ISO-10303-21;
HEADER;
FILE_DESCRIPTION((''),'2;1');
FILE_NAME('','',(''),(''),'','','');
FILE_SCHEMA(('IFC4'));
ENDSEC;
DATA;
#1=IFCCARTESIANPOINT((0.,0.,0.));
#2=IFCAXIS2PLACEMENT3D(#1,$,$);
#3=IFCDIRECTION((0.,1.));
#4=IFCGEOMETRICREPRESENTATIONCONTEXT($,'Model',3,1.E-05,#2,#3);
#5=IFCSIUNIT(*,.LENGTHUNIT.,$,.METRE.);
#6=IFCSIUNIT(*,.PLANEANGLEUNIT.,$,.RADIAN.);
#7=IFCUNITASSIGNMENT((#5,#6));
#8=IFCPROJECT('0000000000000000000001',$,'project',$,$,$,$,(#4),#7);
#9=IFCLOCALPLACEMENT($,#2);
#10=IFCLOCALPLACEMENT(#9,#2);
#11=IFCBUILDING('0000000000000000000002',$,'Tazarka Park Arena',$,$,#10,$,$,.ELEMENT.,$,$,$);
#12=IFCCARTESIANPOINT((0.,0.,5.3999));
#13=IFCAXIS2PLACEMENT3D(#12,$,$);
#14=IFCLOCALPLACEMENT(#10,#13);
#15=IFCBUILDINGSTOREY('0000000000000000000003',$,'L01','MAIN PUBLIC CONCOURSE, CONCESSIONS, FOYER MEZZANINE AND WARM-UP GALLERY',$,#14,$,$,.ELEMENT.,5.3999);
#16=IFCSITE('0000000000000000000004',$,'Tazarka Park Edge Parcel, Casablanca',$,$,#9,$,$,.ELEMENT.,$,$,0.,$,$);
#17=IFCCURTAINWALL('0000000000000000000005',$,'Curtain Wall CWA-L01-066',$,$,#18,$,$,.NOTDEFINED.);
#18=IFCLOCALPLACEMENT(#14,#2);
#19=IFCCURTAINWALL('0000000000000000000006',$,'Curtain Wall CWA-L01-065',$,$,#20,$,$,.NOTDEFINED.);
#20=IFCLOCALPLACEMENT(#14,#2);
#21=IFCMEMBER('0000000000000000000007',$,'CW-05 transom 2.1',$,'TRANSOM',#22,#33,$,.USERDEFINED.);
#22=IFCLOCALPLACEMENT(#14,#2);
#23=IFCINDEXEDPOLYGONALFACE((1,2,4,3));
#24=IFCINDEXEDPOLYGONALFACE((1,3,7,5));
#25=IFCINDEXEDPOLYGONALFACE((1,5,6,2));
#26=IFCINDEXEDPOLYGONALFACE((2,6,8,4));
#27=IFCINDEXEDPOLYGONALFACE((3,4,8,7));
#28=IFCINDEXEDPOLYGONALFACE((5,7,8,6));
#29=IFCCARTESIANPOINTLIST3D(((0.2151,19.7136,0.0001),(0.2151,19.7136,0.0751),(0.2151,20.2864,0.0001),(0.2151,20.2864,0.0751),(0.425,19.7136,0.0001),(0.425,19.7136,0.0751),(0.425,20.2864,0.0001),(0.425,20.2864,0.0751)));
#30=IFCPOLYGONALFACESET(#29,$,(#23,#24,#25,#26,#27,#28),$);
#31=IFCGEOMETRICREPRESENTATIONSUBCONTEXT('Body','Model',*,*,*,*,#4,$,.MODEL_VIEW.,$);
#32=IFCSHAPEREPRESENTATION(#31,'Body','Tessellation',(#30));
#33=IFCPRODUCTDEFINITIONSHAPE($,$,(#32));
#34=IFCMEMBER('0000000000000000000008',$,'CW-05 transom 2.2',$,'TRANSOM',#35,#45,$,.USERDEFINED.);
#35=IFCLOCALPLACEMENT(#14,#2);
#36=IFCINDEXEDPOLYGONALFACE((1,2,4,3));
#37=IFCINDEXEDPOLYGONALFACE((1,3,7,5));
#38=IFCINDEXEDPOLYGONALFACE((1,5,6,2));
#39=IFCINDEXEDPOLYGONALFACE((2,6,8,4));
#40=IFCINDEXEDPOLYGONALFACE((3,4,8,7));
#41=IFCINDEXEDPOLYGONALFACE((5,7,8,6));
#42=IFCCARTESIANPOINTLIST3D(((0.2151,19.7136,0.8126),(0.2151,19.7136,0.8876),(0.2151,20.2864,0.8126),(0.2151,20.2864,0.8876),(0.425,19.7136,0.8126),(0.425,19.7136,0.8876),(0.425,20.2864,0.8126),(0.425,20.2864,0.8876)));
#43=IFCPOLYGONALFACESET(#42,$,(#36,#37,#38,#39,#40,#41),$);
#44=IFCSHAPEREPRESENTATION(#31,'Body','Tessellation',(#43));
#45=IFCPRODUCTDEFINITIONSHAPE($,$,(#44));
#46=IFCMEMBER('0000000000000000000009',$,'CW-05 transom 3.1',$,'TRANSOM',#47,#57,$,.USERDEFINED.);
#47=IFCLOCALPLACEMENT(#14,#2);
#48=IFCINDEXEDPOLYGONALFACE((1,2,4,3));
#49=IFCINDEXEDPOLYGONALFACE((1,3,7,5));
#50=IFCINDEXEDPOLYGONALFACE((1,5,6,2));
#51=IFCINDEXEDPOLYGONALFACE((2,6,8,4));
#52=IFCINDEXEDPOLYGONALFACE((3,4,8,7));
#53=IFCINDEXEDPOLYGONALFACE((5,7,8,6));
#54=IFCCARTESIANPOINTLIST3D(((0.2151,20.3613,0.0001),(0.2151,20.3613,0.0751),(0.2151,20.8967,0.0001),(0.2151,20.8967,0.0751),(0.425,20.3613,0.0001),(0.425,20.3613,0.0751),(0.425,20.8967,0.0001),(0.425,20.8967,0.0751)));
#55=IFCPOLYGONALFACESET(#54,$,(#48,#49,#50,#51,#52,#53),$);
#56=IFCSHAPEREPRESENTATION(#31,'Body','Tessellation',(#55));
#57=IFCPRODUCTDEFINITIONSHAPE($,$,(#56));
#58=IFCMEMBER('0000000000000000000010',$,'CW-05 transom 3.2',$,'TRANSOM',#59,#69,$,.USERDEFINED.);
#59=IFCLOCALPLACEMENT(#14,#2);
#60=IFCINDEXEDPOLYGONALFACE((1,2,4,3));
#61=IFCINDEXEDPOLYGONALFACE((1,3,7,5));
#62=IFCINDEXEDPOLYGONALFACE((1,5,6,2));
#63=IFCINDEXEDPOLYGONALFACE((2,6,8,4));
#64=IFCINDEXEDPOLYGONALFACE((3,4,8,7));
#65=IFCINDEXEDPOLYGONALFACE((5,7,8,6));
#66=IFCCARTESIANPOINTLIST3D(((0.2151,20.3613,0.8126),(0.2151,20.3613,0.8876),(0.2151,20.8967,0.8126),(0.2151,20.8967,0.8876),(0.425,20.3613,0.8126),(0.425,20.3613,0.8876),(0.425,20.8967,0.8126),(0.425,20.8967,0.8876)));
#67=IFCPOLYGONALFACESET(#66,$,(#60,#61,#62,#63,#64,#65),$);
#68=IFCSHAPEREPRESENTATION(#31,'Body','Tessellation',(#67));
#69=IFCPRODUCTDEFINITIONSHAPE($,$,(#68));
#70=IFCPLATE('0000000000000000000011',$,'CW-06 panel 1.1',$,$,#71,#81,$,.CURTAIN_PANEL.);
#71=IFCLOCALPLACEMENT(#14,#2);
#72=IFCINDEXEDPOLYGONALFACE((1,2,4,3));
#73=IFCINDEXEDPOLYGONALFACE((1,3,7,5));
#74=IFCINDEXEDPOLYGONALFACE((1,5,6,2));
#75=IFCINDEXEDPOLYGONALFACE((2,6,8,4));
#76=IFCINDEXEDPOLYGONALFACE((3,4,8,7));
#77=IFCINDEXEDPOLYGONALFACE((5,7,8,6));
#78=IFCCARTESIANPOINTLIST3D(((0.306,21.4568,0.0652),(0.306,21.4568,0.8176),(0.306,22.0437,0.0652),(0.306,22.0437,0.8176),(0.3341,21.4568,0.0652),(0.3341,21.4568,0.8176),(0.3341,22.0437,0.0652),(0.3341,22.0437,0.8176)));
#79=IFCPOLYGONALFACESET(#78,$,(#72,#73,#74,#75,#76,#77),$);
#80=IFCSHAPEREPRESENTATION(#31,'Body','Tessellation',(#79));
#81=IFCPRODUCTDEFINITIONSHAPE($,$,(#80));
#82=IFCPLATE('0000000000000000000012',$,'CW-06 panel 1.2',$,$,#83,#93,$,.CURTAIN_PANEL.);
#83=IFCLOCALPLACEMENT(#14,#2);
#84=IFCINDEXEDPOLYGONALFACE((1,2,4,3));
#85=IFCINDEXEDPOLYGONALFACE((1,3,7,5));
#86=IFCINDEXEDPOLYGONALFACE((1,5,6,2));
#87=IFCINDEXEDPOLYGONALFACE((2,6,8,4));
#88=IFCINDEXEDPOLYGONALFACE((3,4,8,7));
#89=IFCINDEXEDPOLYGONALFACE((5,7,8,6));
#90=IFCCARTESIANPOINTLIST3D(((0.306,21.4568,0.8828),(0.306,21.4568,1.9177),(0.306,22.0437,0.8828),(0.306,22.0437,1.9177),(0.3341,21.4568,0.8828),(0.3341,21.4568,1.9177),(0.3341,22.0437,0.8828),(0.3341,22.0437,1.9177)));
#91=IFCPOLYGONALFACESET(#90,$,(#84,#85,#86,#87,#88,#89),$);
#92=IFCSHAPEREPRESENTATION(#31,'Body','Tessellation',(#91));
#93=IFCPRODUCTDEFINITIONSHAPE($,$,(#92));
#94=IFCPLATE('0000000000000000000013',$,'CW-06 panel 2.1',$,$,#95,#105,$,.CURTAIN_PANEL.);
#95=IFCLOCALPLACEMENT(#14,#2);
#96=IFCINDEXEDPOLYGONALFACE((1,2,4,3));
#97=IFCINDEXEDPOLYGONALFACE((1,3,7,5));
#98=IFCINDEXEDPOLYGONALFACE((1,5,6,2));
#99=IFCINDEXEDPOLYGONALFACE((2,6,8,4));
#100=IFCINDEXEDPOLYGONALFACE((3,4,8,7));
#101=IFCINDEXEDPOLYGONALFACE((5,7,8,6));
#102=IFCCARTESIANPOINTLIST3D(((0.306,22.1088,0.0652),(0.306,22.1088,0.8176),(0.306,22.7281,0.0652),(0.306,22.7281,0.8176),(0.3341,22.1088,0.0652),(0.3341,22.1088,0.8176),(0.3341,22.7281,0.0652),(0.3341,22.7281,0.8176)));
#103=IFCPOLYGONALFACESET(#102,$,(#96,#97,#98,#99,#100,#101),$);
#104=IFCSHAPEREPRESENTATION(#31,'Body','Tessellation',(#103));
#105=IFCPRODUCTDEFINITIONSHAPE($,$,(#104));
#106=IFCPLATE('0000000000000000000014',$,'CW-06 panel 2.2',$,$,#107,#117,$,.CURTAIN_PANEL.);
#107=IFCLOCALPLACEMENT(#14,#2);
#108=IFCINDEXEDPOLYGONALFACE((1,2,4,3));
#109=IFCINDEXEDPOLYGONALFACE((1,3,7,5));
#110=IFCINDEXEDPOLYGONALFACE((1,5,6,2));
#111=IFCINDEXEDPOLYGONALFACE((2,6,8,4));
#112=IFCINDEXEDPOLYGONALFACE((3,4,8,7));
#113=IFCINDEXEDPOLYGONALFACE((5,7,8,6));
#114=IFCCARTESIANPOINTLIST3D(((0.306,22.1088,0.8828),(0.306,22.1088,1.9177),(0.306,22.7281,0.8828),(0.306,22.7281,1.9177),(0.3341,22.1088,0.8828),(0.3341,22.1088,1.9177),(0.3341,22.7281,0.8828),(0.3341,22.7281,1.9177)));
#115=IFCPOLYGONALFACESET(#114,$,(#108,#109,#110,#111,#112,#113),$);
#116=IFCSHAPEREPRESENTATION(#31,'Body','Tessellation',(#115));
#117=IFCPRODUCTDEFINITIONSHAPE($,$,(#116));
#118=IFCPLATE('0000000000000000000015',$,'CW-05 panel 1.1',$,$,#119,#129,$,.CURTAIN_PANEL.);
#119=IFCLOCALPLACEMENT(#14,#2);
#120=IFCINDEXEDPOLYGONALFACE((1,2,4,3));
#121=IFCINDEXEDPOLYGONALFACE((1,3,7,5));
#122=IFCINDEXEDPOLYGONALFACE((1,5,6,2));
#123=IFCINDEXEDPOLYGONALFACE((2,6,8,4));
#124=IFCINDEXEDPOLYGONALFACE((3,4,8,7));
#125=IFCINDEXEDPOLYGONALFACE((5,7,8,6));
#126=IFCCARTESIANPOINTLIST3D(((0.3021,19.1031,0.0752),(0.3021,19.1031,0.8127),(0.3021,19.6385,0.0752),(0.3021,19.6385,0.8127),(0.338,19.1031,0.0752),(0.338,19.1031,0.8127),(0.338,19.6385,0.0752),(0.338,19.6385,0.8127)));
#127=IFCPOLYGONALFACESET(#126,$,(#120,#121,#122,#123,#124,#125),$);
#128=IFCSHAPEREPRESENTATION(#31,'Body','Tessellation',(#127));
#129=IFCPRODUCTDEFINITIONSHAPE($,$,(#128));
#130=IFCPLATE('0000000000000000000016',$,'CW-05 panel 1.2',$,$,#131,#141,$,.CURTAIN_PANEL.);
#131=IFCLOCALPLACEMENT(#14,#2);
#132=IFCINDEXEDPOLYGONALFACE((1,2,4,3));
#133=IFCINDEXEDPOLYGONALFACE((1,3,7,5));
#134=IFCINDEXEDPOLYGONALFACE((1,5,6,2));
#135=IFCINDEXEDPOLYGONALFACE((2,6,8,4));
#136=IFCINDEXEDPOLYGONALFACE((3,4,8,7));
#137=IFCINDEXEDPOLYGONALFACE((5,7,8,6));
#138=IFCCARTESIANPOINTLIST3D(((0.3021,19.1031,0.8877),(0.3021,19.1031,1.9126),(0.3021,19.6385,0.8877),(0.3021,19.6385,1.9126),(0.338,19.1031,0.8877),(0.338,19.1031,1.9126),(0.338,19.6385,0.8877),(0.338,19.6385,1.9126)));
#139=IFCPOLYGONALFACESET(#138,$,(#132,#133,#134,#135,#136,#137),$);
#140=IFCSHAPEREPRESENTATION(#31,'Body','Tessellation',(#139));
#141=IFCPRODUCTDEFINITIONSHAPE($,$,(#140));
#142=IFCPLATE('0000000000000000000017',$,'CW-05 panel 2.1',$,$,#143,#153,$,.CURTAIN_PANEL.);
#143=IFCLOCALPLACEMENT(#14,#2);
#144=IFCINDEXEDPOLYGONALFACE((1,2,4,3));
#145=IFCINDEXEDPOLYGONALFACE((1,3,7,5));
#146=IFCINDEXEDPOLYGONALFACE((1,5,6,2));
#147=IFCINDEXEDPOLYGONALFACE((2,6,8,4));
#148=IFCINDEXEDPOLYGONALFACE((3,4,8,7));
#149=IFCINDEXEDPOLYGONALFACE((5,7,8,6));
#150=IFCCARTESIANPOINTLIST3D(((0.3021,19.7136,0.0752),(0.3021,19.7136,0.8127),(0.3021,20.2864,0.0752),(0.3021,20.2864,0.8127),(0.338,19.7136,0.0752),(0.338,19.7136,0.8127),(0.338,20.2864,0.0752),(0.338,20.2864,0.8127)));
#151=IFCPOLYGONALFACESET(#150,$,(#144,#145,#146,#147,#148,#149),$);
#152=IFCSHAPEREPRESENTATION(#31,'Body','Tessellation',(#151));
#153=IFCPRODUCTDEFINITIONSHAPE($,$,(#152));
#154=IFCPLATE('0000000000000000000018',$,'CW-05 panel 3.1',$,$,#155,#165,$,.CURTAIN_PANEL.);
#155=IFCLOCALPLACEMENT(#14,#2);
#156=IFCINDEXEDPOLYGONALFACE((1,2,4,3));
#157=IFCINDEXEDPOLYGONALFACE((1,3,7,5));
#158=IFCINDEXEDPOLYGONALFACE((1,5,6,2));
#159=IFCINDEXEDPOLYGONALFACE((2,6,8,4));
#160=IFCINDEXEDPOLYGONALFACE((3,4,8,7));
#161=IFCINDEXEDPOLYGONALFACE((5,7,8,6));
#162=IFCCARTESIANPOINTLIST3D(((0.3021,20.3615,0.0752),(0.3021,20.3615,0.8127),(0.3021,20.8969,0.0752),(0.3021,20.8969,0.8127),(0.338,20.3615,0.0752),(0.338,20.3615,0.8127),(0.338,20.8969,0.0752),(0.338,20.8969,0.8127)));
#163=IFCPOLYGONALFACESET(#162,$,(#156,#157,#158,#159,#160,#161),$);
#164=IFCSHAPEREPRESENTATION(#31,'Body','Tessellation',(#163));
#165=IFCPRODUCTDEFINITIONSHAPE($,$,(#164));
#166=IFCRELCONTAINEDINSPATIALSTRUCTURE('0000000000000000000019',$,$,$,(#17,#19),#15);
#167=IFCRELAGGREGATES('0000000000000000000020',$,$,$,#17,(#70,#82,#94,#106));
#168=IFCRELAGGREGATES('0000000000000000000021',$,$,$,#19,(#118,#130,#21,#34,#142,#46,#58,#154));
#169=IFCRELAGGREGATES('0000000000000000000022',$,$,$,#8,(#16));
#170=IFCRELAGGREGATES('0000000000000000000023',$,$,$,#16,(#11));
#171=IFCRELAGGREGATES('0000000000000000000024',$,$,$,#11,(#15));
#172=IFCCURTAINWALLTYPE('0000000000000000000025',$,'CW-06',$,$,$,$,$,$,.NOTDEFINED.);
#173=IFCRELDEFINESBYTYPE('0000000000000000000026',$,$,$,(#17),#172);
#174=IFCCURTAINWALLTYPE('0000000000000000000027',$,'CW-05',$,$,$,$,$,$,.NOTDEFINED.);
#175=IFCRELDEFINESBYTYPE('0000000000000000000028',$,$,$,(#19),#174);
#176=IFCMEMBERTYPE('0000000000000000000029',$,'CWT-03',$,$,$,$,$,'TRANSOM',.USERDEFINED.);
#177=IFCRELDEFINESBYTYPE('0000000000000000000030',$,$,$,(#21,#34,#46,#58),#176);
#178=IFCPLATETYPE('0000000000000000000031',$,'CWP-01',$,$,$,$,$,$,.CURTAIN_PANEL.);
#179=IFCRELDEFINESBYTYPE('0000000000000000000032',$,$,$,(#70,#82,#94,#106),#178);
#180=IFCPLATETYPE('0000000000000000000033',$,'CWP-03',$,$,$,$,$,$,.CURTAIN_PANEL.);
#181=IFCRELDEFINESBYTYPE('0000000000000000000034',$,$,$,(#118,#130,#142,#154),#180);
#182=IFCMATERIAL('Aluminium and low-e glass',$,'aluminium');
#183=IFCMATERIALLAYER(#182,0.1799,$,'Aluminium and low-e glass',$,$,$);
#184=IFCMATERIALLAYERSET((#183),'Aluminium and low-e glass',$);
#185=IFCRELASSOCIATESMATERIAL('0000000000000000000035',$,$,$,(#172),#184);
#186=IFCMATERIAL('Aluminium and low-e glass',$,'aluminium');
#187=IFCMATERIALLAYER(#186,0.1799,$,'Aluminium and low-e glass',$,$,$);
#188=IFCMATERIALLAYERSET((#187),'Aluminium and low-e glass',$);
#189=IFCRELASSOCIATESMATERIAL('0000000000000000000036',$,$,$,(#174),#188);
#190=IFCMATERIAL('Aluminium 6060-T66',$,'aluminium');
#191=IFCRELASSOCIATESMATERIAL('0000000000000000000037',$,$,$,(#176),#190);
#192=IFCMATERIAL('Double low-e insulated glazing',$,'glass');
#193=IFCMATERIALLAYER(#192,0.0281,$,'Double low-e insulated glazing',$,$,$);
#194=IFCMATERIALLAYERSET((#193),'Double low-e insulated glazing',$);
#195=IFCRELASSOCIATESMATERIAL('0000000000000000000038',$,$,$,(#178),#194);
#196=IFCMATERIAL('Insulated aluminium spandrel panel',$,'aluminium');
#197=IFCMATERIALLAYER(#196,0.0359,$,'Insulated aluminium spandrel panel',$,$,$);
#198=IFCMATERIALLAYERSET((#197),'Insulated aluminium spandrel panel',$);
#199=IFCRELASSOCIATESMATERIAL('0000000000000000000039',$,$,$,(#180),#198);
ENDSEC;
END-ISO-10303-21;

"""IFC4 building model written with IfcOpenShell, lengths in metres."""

from ifc_helpers import new_model, si_unit, direction, frame, origin, origin_2d, place, context, subcontext, project, spatial, rectangle, extrude, material, layer, layer_set, material_profile, profile_set, type_object, element, aggregate, save


model = new_model("IFC4")

# Units and contexts
model_context = context("Model", 3, precision=1e-05, world=origin(), true_north=direction((0.0, 1.0)))
body_context = subcontext(model_context, "Body", "Model", "MODEL_VIEW")
ifc_project = project(units=[si_unit("LENGTHUNIT", "METRE"), si_unit("PLANEANGLEUNIT", "RADIAN")], contexts=[model_context])

# Site, building, storey
site_placement = place(None, origin())
site = spatial("IfcSite", under=ifc_project, at=site_placement, Name="Tazarka Park Edge Parcel, Casablanca", CompositionType="ELEMENT", RefElevation=0.0)
building_placement = place(site_placement, origin())
building = spatial("IfcBuilding", under=site, at=building_placement, Name="Tazarka Park Arena", CompositionType="ELEMENT")
storey_placement = place(building_placement, frame((0.0, 0.0, 5.3999)))
storey = spatial("IfcBuildingStorey", under=building, at=storey_placement, Name="L01", Description="MAIN PUBLIC CONCOURSE, CONCESSIONS, FOYER MEZZANINE AND WARM-UP GALLERY", CompositionType="ELEMENT", Elevation=5.3999)

# Curtain walls
ifc_material_1 = material(Name="Aluminium and low-e glass", Category="aluminium")
ifc_layer_1 = layer(ifc_material_1, 0.1799, Name="Aluminium and low-e glass")
ifc_layer_set_1 = layer_set([ifc_layer_1], Name="Aluminium and low-e glass")
curtain_wall_type_1 = type_object("IfcCurtainWallType", Name="CW-06", PredefinedType="NOTDEFINED", material=ifc_layer_set_1)
curtain_wall_1_placement = place(storey_placement, origin())
curtain_wall_1 = element("IfcCurtainWall", 1, at=curtain_wall_1_placement, inside=storey, type_object=curtain_wall_type_1, Name="Curtain Wall CWA-L01-066", PredefinedType="NOTDEFINED")
ifc_material_2 = material(Name="Aluminium and low-e glass", Category="aluminium")
ifc_layer_2 = layer(ifc_material_2, 0.1799, Name="Aluminium and low-e glass")
ifc_layer_set_2 = layer_set([ifc_layer_2], Name="Aluminium and low-e glass")
curtain_wall_type_2 = type_object("IfcCurtainWallType", Name="CW-05", PredefinedType="NOTDEFINED", material=ifc_layer_set_2)
curtain_wall_2_placement = place(storey_placement, origin())
curtain_wall_2 = element("IfcCurtainWall", 2, at=curtain_wall_2_placement, inside=storey, type_object=curtain_wall_type_2, Name="Curtain Wall CWA-L01-065", PredefinedType="NOTDEFINED")

# Members
ifc_material_3 = material(Name="Aluminium 6060-T66", Category="aluminium")
ifc_material_profile_1 = material_profile(ifc_material_3, rectangle(XDim=0.21, YDim=0.075, at=origin_2d()), Name="Aluminium 6060-T66")
ifc_profile_set_1 = profile_set([ifc_material_profile_1], Name="Aluminium 6060-T66")
member_type_1 = type_object("IfcMemberType", Name="CWT-03", ElementType="TRANSOM", PredefinedType="USERDEFINED", material=ifc_profile_set_1)
member_1_placement = place(storey_placement, frame((0.3201, 19.7136, 0.0376), z_axis=(0.0, 1.0, 0.0), x_axis=(-1.0, 0.0, 0.0)))
member_1 = element("IfcMember", 3, at=member_1_placement, type_object=member_type_1, Name="CW-05 transom 2.1", ObjectType="TRANSOM", PredefinedType="USERDEFINED", context=body_context, shape_type="SweptSolid", body=[
    extrude(rectangle(XDim=0.21, YDim=0.075, at=origin_2d()), origin(), (0.0, 0.0, 1.0), 0.5728),
])
member_2_placement = place(storey_placement, frame((0.3201, 19.7136, 0.8501), z_axis=(0.0, 1.0, 0.0), x_axis=(-1.0, 0.0, 0.0)))
member_2 = element("IfcMember", 4, at=member_2_placement, type_object=member_type_1, Name="CW-05 transom 2.2", ObjectType="TRANSOM", PredefinedType="USERDEFINED", context=body_context, shape_type="SweptSolid", body=[
    extrude(rectangle(XDim=0.21, YDim=0.075, at=origin_2d()), origin(), (0.0, 0.0, 1.0), 0.5728),
])
member_3_placement = place(storey_placement, frame((0.3201, 20.3613, 0.0376), z_axis=(0.0, 1.0, 0.0), x_axis=(-1.0, 0.0, 0.0)))
member_3 = element("IfcMember", 5, at=member_3_placement, type_object=member_type_1, Name="CW-05 transom 3.1", ObjectType="TRANSOM", PredefinedType="USERDEFINED", context=body_context, shape_type="SweptSolid", body=[
    extrude(rectangle(XDim=0.21, YDim=0.075, at=origin_2d()), origin(), (0.0, 0.0, 1.0), 0.5354),
])
member_4_placement = place(storey_placement, frame((0.3201, 20.3613, 0.8501), z_axis=(0.0, 1.0, 0.0), x_axis=(-1.0, 0.0, 0.0)))
member_4 = element("IfcMember", 6, at=member_4_placement, type_object=member_type_1, Name="CW-05 transom 3.2", ObjectType="TRANSOM", PredefinedType="USERDEFINED", context=body_context, shape_type="SweptSolid", body=[
    extrude(rectangle(XDim=0.21, YDim=0.075, at=origin_2d()), origin(), (0.0, 0.0, 1.0), 0.5354),
])

# Plates
ifc_material_4 = material(Name="Double low-e insulated glazing", Category="glass")
ifc_layer_3 = layer(ifc_material_4, 0.0281, Name="Double low-e insulated glazing")
ifc_layer_set_3 = layer_set([ifc_layer_3], Name="Double low-e insulated glazing")
plate_type_1 = type_object("IfcPlateType", Name="CWP-01", PredefinedType="CURTAIN_PANEL", material=ifc_layer_set_3)
plate_1_placement = place(storey_placement, frame((0.3201, 21.7502, 0.0652), z_axis=(0.0, 0.0, 1.0), x_axis=(0.0, 1.0, 0.0)))
plate_1 = element("IfcPlate", 7, at=plate_1_placement, type_object=plate_type_1, Name="CW-06 panel 1.1", PredefinedType="CURTAIN_PANEL", context=body_context, shape_type="SweptSolid", body=[
    extrude(rectangle(XDim=0.5869, YDim=0.0281, at=origin_2d()), origin(), (0.0, 0.0, 1.0), 0.7524),
])
plate_2_placement = place(storey_placement, frame((0.3201, 21.7502, 0.8828), z_axis=(0.0, 0.0, 1.0), x_axis=(0.0, 1.0, 0.0)))
plate_2 = element("IfcPlate", 8, at=plate_2_placement, type_object=plate_type_1, Name="CW-06 panel 1.2", PredefinedType="CURTAIN_PANEL", context=body_context, shape_type="SweptSolid", body=[
    extrude(rectangle(XDim=0.5869, YDim=0.0281, at=origin_2d()), origin(), (0.0, 0.0, 1.0), 1.0349),
])
plate_3_placement = place(storey_placement, frame((0.3201, 22.4185, 0.0652), z_axis=(0.0, 0.0, 1.0), x_axis=(0.0, 1.0, 0.0)))
plate_3 = element("IfcPlate", 9, at=plate_3_placement, type_object=plate_type_1, Name="CW-06 panel 2.1", PredefinedType="CURTAIN_PANEL", context=body_context, shape_type="SweptSolid", body=[
    extrude(rectangle(XDim=0.6194, YDim=0.0281, at=origin_2d()), origin(), (0.0, 0.0, 1.0), 0.7524),
])
plate_4_placement = place(storey_placement, frame((0.3201, 22.4185, 0.8828), z_axis=(0.0, 0.0, 1.0), x_axis=(0.0, 1.0, 0.0)))
plate_4 = element("IfcPlate", 10, at=plate_4_placement, type_object=plate_type_1, Name="CW-06 panel 2.2", PredefinedType="CURTAIN_PANEL", context=body_context, shape_type="SweptSolid", body=[
    extrude(rectangle(XDim=0.6194, YDim=0.0281, at=origin_2d()), origin(), (0.0, 0.0, 1.0), 1.0349),
])
aggregate(curtain_wall_1, [plate_1, plate_2, plate_3, plate_4])
ifc_material_5 = material(Name="Insulated aluminium spandrel panel", Category="aluminium")
ifc_layer_4 = layer(ifc_material_5, 0.0359, Name="Insulated aluminium spandrel panel")
ifc_layer_set_4 = layer_set([ifc_layer_4], Name="Insulated aluminium spandrel panel")
plate_type_2 = type_object("IfcPlateType", Name="CWP-03", PredefinedType="CURTAIN_PANEL", material=ifc_layer_set_4)
plate_5_placement = place(storey_placement, frame((0.3201, 19.3708, 0.0752), z_axis=(0.0, 0.0, 1.0), x_axis=(0.0, 1.0, 0.0)))
plate_5 = element("IfcPlate", 11, at=plate_5_placement, type_object=plate_type_2, Name="CW-05 panel 1.1", PredefinedType="CURTAIN_PANEL", context=body_context, shape_type="SweptSolid", body=[
    extrude(rectangle(XDim=0.5354, YDim=0.0359, at=origin_2d()), origin(), (0.0, 0.0, 1.0), 0.7375),
])
plate_6_placement = place(storey_placement, frame((0.3201, 19.3708, 0.8877), z_axis=(0.0, 0.0, 1.0), x_axis=(0.0, 1.0, 0.0)))
plate_6 = element("IfcPlate", 12, at=plate_6_placement, type_object=plate_type_2, Name="CW-05 panel 1.2", PredefinedType="CURTAIN_PANEL", context=body_context, shape_type="SweptSolid", body=[
    extrude(rectangle(XDim=0.5354, YDim=0.0359, at=origin_2d()), origin(), (0.0, 0.0, 1.0), 1.0249),
])
plate_7_placement = place(storey_placement, frame((0.3201, 20.0, 0.0752), z_axis=(0.0, 0.0, 1.0), x_axis=(0.0, 1.0, 0.0)))
plate_7 = element("IfcPlate", 13, at=plate_7_placement, type_object=plate_type_2, Name="CW-05 panel 2.1", PredefinedType="CURTAIN_PANEL", context=body_context, shape_type="SweptSolid", body=[
    extrude(rectangle(XDim=0.5728, YDim=0.0359, at=origin_2d()), origin(), (0.0, 0.0, 1.0), 0.7375),
])
plate_8_placement = place(storey_placement, frame((0.3201, 20.6292, 0.0752), z_axis=(0.0, 0.0, 1.0), x_axis=(0.0, 1.0, 0.0)))
plate_8 = element("IfcPlate", 14, at=plate_8_placement, type_object=plate_type_2, Name="CW-05 panel 3.1", PredefinedType="CURTAIN_PANEL", context=body_context, shape_type="SweptSolid", body=[
    extrude(rectangle(XDim=0.5354, YDim=0.0359, at=origin_2d()), origin(), (0.0, 0.0, 1.0), 0.7375),
])
aggregate(curtain_wall_2, [plate_5, plate_6, member_1, member_2, plate_7, member_3, member_4, plate_8])

save(model, "model.ifc")
